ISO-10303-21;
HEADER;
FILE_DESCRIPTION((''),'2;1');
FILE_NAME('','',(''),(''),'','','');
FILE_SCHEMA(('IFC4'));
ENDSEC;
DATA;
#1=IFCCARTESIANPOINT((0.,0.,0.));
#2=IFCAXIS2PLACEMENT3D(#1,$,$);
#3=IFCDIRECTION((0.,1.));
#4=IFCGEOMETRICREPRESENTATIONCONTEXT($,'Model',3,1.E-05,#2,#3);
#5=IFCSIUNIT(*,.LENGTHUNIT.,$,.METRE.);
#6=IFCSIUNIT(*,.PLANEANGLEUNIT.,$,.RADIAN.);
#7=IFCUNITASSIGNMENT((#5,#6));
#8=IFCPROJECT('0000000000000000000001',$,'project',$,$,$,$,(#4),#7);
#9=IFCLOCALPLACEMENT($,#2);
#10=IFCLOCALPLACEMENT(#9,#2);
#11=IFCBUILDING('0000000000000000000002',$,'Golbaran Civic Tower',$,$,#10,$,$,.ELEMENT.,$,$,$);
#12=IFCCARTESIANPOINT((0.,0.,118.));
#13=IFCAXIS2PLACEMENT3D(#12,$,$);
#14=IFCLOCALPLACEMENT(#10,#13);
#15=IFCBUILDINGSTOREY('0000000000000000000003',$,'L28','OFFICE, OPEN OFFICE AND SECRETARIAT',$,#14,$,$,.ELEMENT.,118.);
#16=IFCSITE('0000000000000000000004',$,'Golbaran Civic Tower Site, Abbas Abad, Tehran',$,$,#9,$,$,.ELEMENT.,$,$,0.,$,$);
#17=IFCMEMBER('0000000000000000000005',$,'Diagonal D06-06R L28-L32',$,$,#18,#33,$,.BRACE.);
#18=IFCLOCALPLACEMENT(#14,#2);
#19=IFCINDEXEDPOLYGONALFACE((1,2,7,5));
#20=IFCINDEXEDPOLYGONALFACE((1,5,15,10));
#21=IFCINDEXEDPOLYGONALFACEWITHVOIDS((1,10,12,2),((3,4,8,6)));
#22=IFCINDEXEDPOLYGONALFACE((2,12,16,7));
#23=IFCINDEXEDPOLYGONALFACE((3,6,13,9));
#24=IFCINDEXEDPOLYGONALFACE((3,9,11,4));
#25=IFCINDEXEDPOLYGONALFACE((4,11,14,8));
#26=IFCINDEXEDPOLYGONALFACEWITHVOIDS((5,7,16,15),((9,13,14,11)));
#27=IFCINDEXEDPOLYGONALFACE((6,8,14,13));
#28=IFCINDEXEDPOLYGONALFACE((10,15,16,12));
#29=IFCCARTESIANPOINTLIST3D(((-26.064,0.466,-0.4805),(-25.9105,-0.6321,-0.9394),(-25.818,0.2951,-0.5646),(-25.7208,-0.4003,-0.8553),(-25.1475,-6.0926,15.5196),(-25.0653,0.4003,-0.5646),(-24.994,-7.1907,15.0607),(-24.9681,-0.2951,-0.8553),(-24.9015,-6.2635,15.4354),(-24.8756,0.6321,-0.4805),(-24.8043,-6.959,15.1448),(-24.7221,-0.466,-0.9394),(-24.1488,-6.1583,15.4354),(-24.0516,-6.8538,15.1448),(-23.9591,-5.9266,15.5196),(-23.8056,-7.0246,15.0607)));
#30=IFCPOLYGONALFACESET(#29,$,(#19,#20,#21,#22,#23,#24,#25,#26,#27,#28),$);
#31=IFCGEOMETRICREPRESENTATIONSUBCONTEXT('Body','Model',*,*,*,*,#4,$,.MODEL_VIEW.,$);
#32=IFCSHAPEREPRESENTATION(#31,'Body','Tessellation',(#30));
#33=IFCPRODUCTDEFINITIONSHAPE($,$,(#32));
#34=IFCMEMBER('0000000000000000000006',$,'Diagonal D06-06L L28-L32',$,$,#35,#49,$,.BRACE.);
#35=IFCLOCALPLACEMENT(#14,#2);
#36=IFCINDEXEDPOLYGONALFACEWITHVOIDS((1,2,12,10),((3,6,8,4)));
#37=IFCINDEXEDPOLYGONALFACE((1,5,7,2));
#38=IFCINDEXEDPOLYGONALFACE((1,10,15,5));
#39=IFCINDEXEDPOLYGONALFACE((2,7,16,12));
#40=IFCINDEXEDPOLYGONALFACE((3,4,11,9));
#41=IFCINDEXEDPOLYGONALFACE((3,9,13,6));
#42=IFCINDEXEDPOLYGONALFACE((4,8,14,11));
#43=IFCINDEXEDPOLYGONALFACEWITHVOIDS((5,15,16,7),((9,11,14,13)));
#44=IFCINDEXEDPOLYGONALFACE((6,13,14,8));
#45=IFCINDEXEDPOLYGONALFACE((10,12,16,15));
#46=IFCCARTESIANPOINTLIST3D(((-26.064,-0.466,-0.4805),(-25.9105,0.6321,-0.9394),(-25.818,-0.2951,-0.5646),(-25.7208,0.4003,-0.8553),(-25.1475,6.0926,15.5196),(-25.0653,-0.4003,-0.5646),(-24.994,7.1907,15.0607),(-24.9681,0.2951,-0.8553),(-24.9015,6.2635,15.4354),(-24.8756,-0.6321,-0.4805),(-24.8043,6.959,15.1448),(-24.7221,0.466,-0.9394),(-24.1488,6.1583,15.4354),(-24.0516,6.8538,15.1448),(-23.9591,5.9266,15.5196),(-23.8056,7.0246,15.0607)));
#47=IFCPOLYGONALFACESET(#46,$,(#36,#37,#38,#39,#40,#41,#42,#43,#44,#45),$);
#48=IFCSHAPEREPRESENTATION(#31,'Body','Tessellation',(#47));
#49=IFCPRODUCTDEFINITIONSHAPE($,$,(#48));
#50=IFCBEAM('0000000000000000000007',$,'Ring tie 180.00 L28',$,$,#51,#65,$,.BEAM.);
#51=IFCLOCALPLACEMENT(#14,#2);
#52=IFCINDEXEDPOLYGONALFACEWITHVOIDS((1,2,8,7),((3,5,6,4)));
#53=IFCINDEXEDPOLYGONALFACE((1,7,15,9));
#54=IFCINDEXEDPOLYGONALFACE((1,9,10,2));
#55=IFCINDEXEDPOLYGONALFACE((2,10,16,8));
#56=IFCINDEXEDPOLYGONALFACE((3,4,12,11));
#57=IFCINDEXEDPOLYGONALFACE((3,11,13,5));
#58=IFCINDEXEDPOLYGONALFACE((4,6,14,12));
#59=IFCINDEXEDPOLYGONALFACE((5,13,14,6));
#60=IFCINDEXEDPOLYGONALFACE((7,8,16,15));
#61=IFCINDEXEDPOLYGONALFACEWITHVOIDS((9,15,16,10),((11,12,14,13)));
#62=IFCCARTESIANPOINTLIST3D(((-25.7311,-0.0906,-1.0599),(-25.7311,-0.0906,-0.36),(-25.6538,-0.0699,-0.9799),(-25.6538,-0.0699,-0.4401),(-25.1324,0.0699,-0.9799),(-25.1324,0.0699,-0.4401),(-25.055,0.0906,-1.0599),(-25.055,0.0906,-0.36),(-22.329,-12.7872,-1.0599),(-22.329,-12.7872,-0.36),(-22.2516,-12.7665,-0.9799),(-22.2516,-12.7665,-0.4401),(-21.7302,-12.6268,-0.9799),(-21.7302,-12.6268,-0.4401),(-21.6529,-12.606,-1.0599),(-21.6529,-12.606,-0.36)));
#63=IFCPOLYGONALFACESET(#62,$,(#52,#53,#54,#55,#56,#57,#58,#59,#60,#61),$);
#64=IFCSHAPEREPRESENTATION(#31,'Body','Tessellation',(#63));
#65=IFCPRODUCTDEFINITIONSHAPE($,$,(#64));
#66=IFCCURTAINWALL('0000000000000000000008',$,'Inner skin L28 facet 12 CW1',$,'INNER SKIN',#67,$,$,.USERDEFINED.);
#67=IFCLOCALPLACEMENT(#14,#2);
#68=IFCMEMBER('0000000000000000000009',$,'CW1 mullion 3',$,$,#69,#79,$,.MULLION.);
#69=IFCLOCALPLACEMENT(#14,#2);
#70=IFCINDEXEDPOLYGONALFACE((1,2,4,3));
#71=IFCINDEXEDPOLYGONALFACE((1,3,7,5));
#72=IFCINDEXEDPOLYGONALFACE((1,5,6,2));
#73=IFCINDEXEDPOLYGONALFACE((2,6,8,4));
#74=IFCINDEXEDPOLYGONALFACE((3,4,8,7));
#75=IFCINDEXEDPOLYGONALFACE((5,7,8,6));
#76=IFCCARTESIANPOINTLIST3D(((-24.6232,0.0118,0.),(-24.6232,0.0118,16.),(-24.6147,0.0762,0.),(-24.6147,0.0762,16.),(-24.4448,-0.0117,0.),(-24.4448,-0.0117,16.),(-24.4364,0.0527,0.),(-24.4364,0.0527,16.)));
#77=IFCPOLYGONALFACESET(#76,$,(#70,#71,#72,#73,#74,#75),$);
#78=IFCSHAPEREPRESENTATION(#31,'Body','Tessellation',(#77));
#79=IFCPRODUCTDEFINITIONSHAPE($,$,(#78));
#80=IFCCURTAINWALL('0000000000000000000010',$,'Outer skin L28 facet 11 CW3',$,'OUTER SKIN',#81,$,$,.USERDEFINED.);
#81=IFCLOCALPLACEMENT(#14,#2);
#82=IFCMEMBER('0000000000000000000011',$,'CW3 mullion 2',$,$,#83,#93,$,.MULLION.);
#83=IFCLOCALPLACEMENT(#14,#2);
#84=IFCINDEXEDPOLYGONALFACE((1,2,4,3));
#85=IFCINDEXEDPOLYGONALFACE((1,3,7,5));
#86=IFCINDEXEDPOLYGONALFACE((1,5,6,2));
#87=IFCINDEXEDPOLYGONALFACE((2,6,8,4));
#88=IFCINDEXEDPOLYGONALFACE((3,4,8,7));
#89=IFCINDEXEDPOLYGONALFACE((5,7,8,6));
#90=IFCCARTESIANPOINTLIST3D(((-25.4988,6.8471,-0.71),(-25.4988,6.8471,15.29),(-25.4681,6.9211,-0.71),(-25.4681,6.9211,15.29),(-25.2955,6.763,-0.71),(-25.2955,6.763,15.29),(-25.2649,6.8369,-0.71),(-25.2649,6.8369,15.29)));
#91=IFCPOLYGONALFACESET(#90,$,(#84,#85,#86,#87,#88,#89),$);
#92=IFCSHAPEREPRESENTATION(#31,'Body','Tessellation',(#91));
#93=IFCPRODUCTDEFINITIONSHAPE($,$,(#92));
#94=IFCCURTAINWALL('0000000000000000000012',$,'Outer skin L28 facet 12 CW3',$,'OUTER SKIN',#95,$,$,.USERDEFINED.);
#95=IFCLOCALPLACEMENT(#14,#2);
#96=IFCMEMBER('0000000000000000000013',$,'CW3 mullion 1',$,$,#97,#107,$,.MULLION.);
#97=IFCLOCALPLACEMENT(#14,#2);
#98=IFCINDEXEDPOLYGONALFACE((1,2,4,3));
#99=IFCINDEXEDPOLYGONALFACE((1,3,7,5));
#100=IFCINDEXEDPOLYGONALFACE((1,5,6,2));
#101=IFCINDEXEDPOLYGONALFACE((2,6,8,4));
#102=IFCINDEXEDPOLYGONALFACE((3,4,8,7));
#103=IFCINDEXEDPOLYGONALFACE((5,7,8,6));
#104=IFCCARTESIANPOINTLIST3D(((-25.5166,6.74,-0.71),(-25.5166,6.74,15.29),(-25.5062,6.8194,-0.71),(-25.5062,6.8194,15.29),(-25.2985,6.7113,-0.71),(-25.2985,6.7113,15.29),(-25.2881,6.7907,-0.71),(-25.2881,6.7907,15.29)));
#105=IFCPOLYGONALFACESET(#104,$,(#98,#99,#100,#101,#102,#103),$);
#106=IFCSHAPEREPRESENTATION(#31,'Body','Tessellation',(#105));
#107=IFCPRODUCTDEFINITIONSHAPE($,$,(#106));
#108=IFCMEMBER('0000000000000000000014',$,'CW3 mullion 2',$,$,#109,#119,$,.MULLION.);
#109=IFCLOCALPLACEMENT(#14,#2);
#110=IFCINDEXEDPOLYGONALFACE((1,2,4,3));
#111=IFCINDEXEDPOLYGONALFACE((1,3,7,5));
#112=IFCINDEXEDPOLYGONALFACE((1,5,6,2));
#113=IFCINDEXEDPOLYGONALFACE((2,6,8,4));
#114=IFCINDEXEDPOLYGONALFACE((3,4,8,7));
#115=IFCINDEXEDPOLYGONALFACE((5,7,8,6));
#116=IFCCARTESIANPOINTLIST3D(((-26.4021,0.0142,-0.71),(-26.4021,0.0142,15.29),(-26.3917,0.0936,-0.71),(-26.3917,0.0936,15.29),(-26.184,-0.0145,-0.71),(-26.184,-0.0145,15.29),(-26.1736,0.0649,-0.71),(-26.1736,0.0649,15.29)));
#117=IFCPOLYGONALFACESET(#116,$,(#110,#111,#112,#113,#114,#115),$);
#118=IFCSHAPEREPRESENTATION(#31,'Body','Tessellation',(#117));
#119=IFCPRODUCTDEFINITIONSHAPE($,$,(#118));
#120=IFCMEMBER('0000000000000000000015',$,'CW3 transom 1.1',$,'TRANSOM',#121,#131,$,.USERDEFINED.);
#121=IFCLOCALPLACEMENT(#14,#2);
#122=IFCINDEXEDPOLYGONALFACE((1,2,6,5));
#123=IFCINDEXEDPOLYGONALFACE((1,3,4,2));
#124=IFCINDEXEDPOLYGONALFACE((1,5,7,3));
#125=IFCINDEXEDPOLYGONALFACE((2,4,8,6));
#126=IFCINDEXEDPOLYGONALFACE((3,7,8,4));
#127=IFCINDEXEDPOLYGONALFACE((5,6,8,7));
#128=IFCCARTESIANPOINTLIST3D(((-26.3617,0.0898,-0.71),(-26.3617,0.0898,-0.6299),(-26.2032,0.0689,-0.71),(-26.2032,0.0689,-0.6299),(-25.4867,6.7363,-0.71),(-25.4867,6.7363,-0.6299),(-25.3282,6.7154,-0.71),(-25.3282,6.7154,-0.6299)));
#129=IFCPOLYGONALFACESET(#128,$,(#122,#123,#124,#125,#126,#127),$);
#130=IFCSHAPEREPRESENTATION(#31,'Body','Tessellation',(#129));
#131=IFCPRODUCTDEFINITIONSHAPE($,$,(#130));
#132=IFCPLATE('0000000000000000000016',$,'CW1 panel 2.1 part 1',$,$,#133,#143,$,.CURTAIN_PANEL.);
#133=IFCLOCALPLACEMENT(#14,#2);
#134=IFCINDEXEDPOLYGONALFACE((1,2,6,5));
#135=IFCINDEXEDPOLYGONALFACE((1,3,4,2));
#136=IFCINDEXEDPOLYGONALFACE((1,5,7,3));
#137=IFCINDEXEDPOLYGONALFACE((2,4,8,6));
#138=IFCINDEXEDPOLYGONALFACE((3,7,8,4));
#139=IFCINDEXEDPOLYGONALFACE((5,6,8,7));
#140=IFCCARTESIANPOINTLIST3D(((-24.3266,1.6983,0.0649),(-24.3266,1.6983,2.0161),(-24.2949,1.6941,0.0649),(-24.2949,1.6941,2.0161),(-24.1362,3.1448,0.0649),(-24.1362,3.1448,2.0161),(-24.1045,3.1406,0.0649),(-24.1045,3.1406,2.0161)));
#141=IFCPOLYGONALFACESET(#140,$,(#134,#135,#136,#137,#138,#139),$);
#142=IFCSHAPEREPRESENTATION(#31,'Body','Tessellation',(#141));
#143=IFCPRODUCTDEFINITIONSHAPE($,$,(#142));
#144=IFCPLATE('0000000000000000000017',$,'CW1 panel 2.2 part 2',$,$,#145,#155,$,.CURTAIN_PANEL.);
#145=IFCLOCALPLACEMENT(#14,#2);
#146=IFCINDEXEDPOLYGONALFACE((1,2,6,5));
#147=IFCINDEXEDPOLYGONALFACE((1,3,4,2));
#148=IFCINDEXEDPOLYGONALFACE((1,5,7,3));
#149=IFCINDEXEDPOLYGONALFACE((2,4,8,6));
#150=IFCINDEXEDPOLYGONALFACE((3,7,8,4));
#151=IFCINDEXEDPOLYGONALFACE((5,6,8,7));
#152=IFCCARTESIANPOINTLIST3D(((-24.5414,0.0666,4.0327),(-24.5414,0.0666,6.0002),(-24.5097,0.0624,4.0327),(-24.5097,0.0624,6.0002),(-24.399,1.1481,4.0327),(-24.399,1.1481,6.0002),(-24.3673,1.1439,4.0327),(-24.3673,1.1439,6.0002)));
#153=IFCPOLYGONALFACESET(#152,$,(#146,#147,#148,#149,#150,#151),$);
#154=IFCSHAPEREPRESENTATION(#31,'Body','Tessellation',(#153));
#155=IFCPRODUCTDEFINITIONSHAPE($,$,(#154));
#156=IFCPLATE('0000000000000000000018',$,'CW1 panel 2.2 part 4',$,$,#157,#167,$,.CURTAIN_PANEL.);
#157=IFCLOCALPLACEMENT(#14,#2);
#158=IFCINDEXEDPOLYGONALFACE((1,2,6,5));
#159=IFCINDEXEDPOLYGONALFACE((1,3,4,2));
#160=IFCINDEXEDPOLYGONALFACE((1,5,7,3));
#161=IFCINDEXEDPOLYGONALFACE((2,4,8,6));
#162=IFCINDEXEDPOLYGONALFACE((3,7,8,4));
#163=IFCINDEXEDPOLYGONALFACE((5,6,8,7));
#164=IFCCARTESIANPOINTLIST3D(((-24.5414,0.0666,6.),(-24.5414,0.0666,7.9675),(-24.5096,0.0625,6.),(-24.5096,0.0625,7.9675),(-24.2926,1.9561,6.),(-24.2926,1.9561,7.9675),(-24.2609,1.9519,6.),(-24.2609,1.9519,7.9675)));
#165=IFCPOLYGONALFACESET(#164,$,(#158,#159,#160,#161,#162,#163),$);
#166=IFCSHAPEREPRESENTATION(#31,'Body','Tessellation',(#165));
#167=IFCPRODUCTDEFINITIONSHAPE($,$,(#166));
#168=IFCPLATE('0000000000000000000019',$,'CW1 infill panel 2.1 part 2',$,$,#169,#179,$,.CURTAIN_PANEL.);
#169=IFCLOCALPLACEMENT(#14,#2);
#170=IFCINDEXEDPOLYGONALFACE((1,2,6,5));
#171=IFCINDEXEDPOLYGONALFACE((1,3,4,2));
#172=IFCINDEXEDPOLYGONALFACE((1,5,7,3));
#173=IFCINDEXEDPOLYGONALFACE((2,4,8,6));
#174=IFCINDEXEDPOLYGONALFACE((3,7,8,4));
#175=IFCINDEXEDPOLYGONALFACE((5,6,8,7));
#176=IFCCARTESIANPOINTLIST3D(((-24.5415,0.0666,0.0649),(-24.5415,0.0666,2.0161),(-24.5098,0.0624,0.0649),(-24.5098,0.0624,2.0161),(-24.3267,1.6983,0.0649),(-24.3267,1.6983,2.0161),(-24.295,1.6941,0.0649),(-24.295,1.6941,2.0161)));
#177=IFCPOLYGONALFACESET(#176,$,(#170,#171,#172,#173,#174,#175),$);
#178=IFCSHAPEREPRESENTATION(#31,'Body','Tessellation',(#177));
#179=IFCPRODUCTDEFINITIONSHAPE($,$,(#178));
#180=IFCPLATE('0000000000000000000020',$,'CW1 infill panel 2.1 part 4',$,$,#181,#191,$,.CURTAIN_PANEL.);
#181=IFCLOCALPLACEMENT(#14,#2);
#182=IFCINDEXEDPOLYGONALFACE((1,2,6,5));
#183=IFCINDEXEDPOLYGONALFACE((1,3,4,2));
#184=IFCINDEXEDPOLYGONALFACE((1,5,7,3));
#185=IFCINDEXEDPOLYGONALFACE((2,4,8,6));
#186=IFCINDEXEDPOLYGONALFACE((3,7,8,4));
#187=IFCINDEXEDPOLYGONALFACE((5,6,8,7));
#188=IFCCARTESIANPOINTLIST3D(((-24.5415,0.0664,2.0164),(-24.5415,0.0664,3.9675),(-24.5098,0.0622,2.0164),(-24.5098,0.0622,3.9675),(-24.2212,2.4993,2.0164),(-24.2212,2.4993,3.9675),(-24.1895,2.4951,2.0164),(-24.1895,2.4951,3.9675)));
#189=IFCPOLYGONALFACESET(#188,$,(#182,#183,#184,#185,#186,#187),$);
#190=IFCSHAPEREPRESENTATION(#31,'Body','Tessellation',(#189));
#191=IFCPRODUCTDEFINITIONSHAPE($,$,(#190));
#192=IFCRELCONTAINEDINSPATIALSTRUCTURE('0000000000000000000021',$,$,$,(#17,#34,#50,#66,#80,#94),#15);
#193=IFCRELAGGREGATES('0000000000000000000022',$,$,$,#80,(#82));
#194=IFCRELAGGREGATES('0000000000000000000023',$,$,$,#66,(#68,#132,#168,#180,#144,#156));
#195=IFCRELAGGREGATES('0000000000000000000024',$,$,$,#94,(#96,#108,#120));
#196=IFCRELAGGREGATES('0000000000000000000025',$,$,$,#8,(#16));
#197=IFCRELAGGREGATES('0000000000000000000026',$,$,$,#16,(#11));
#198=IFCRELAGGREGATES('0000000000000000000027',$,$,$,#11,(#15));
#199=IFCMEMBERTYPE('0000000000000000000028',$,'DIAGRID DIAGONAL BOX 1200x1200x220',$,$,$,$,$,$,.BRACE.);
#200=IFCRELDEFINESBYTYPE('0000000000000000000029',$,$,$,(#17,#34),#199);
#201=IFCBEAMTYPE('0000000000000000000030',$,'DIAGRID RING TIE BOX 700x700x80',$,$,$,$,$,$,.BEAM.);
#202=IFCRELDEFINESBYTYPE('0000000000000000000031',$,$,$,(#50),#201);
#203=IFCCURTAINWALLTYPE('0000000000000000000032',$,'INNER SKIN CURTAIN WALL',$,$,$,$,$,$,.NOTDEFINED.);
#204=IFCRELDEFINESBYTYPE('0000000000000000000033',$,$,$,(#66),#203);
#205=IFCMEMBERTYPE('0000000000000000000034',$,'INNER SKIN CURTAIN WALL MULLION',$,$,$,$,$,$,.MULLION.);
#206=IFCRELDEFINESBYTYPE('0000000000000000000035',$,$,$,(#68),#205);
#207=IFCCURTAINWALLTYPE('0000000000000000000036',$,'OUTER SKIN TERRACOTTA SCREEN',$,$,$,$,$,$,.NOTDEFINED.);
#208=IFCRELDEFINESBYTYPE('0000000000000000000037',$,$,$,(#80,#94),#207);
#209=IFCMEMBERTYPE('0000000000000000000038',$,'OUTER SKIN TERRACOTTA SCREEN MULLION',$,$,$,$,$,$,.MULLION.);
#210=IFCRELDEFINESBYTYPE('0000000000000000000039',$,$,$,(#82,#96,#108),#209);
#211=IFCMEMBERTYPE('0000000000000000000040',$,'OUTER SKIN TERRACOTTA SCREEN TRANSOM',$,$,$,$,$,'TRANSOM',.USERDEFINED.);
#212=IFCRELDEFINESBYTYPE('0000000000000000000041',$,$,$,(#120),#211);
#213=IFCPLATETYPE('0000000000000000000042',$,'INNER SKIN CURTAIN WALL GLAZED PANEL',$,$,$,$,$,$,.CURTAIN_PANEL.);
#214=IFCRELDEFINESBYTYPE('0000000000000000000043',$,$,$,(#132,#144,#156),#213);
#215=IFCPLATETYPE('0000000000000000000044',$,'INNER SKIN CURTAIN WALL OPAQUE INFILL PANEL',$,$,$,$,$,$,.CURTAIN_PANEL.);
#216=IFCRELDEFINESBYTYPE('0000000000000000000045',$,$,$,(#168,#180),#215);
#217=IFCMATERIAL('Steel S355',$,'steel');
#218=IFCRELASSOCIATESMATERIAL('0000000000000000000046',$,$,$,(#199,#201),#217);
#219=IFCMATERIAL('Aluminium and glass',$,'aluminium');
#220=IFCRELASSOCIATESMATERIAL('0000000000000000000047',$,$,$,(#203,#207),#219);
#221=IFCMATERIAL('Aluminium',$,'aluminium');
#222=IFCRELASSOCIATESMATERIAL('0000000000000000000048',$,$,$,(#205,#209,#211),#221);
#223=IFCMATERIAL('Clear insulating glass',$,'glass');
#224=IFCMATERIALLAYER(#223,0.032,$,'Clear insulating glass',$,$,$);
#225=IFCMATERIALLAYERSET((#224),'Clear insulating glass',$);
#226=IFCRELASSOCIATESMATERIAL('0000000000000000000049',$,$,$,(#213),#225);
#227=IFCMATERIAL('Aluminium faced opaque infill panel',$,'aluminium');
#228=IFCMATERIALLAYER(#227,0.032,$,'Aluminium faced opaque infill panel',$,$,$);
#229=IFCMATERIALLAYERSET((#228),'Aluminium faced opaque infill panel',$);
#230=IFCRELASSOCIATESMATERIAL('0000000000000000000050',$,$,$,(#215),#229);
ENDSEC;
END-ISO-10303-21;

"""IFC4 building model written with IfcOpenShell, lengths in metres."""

from ifc_helpers import new_model, si_unit, direction, frame, origin, origin_2d, place, context, subcontext, project, spatial, rectangle, hollow_rectangle, extrude, material, layer, layer_set, material_profile, profile_set, type_object, element, aggregate, save


model = new_model("IFC4")

# Units and contexts
model_context = context("Model", 3, precision=1e-05, world=origin(), true_north=direction((0.0, 1.0)))
body_context = subcontext(model_context, "Body", "Model", "MODEL_VIEW")
ifc_project = project(units=[si_unit("LENGTHUNIT", "METRE"), si_unit("PLANEANGLEUNIT", "RADIAN")], contexts=[model_context])

# Site, building, storey
site_placement = place(None, origin())
site = spatial("IfcSite", under=ifc_project, at=site_placement, Name="Golbaran Civic Tower Site, Abbas Abad, Tehran", CompositionType="ELEMENT", RefElevation=0.0)
building_placement = place(site_placement, origin())
building = spatial("IfcBuilding", under=site, at=building_placement, Name="Golbaran Civic Tower", CompositionType="ELEMENT")
storey_placement = place(building_placement, frame((0.0, 0.0, 118.0)))
storey = spatial("IfcBuildingStorey", under=building, at=storey_placement, Name="L28", Description="OFFICE, OPEN OFFICE AND SECRETARIAT", CompositionType="ELEMENT", Elevation=118.0)

# Members
ifc_material_1 = material(Name="Steel S355", Category="steel")
ifc_material_profile_1 = material_profile(ifc_material_1, hollow_rectangle(XDim=1.2, YDim=1.2, WallThickness=0.22, at=origin_2d()), Name="BOX 1200x1200x220")
ifc_profile_set_1 = profile_set([ifc_material_profile_1], Name="Steel S355")
member_type_1 = type_object("IfcMemberType", Name="DIAGRID DIAGONAL BOX 1200x1200x220", PredefinedType="BRACE", material=ifc_profile_set_1)
for number, where, z_axis, x_axis, name in (
    (1, (-25.3931, 0.0, -0.71), (0.052927, -0.378752, 0.923984), (0.990377, 0.138396, 0.0), "Diagonal D06-06R L28-L32"),
    (2, (-25.3931, 0.0, -0.71), (0.052927, 0.378752, 0.923984), (-0.990377, 0.138396, 0.0), "Diagonal D06-06L L28-L32"),
):
    element("IfcMember", number, at=place(storey_placement, frame(where, z_axis=z_axis, x_axis=x_axis)), inside=storey, type_object=member_type_1, Name=name, PredefinedType="BRACE", context=body_context, shape_type="SweptSolid", body=[
        extrude(hollow_rectangle(XDim=1.2, YDim=1.2, WallThickness=0.22, at=origin_2d()), origin(), (0.0, 0.0, 1.0), 17.3164),
    ])

# Beam
ifc_material_profile_2 = material_profile(ifc_material_1, hollow_rectangle(XDim=0.7, YDim=0.7, WallThickness=0.0801, at=origin_2d()), Name="BOX 700x700x80")
ifc_profile_set_2 = profile_set([ifc_material_profile_2], Name="Steel S355")
beam_type = type_object("IfcBeamType", Name="DIAGRID RING TIE BOX 700x700x80", PredefinedType="BEAM", material=ifc_profile_set_2)
beam_placement = place(storey_placement, frame((-25.3931, 0.0, -0.71), z_axis=(0.258824, -0.965924, 0.0), x_axis=(0.965924, 0.258824, 0.0)))
element("IfcBeam", 3, at=beam_placement, inside=storey, type_object=beam_type, Name="Ring tie 180.00 L28", PredefinedType="BEAM", context=body_context, shape_type="SweptSolid", body=[
    extrude(hollow_rectangle(XDim=0.7, YDim=0.7, WallThickness=0.0801, at=origin_2d()), origin(), (0.0, 0.0, 1.0), 13.1445),
])

# Curtain walls, members
ifc_material_2 = material(Name="Aluminium and glass", Category="aluminium")
curtain_wall_type_1 = type_object("IfcCurtainWallType", Name="INNER SKIN CURTAIN WALL", PredefinedType="NOTDEFINED", material=ifc_material_2)
curtain_wall_1_placement = place(storey_placement, origin())
curtain_wall_1 = element("IfcCurtainWall", 4, at=curtain_wall_1_placement, inside=storey, type_object=curtain_wall_type_1, Name="Inner skin L28 facet 12 CW1", ObjectType="INNER SKIN", PredefinedType="USERDEFINED")
ifc_material_3 = material(Name="Aluminium", Category="aluminium")
ifc_material_profile_3 = material_profile(ifc_material_3, rectangle(XDim=0.1799, YDim=0.0649, at=origin_2d()), Name="INNER SKIN CURTAIN WALL MULLION")
ifc_profile_set_3 = profile_set([ifc_material_profile_3], Name="Aluminium")
member_type_2 = type_object("IfcMemberType", Name="INNER SKIN CURTAIN WALL MULLION", PredefinedType="MULLION", material=ifc_profile_set_3)
member_1_placement = place(storey_placement, frame((-24.5298, 0.0322, 0.0), z_axis=(0.0, 0.0, 1.0), x_axis=(0.991445, -0.130526, 0.0)))
member_1 = element("IfcMember", 5, at=member_1_placement, type_object=member_type_2, Name="CW1 mullion 3", PredefinedType="MULLION", context=body_context, shape_type="SweptSolid", body=[
    extrude(rectangle(XDim=0.1799, YDim=0.0649, at=origin_2d()), origin(), (0.0, 0.0, 1.0), 16.0),
])
curtain_wall_type_2 = type_object("IfcCurtainWallType", Name="OUTER SKIN TERRACOTTA SCREEN", PredefinedType="NOTDEFINED", material=ifc_material_2)
curtain_wall_2_placement = place(storey_placement, origin())
curtain_wall_2 = element("IfcCurtainWall", 6, at=curtain_wall_2_placement, inside=storey, type_object=curtain_wall_type_2, Name="Outer skin L28 facet 11 CW3", ObjectType="OUTER SKIN", PredefinedType="USERDEFINED")
ifc_material_profile_4 = material_profile(ifc_material_3, rectangle(XDim=0.22, YDim=0.0801, at=origin_2d()), Name="OUTER SKIN TERRACOTTA SCREEN MULLION")
ifc_profile_set_4 = profile_set([ifc_material_profile_4], Name="Aluminium")
member_type_3 = type_object("IfcMemberType", Name="OUTER SKIN TERRACOTTA SCREEN MULLION", PredefinedType="MULLION", material=ifc_profile_set_4)
member_2_placement = place(storey_placement, frame((-25.3818, 6.842, -0.71), z_axis=(0.0, 0.0, 1.0), x_axis=(0.92388, -0.382683, 0.0)))
member_2 = element("IfcMember", 7, at=member_2_placement, type_object=member_type_3, Name="CW3 mullion 2", PredefinedType="MULLION", context=body_context, shape_type="SweptSolid", body=[
    extrude(rectangle(XDim=0.22, YDim=0.0801, at=origin_2d()), origin(), (0.0, 0.0, 1.0), 16.0),
])
aggregate(curtain_wall_2, [member_2])

# Curtain wall, members
curtain_wall_3_placement = place(storey_placement, origin())
curtain_wall_3 = element("IfcCurtainWall", 8, at=curtain_wall_3_placement, inside=storey, type_object=curtain_wall_type_2, Name="Outer skin L28 facet 12 CW3", ObjectType="OUTER SKIN", PredefinedType="USERDEFINED")
member_3_placement = place(storey_placement, frame((-25.4023, 6.7654, -0.71), z_axis=(0.0, 0.0, 1.0), x_axis=(0.991445, -0.130526, 0.0)))
member_3 = element("IfcMember", 9, at=member_3_placement, type_object=member_type_3, Name="CW3 mullion 1", PredefinedType="MULLION", context=body_context, shape_type="SweptSolid", body=[
    extrude(rectangle(XDim=0.22, YDim=0.0801, at=origin_2d()), origin(), (0.0, 0.0, 1.0), 16.0),
])
member_4_placement = place(storey_placement, frame((-26.2878, 0.0396, -0.71), z_axis=(0.0, 0.0, 1.0), x_axis=(0.991445, -0.130526, 0.0)))
member_4 = element("IfcMember", 10, at=member_4_placement, type_object=member_type_3, Name="CW3 mullion 2", PredefinedType="MULLION", context=body_context, shape_type="SweptSolid", body=[
    extrude(rectangle(XDim=0.22, YDim=0.0801, at=origin_2d()), origin(), (0.0, 0.0, 1.0), 16.0),
])
ifc_material_profile_5 = material_profile(ifc_material_3, rectangle(XDim=0.1599, YDim=0.0801, at=origin_2d()), Name="OUTER SKIN TERRACOTTA SCREEN TRANSOM")
ifc_profile_set_5 = profile_set([ifc_material_profile_5], Name="Aluminium")
member_type_4 = type_object("IfcMemberType", Name="OUTER SKIN TERRACOTTA SCREEN TRANSOM", ElementType="TRANSOM", PredefinedType="USERDEFINED", material=ifc_profile_set_5)
member_5_placement = place(storey_placement, frame((-25.4075, 6.7258, -0.6699), z_axis=(-0.130522, -0.991445, 0.0), x_axis=(0.991445, -0.130522, 0.0)))
member_5 = element("IfcMember", 11, at=member_5_placement, type_object=member_type_4, Name="CW3 transom 1.1", ObjectType="TRANSOM", PredefinedType="USERDEFINED", context=body_context, shape_type="SweptSolid", body=[
    extrude(rectangle(XDim=0.1599, YDim=0.0801, at=origin_2d()), origin(), (0.0, 0.0, 1.0), 6.7039),
])

# Plates
ifc_material_4 = material(Name="Clear insulating glass", Category="glass")
ifc_layer_1 = layer(ifc_material_4, 0.032, Name="Clear insulating glass")
ifc_layer_set_1 = layer_set([ifc_layer_1], Name="Clear insulating glass")
plate_type_1 = type_object("IfcPlateType", Name="INNER SKIN CURTAIN WALL GLAZED PANEL", PredefinedType="CURTAIN_PANEL", material=ifc_layer_set_1)
plate_1_placement = place(storey_placement, frame((-24.2156, 2.4194, 0.0649), z_axis=(0.0, 0.0, 1.0), x_axis=(-0.130526, -0.991445, 0.0)))
plate_1 = element("IfcPlate", 12, at=plate_1_placement, type_object=plate_type_1, Name="CW1 panel 2.1 part 1", PredefinedType="CURTAIN_PANEL", context=body_context, shape_type="SweptSolid", body=[
    extrude(rectangle(XDim=1.459, YDim=0.032, at=origin_2d()), origin(), (0.0, 0.0, 1.0), 1.9512),
])
plate_2_placement = place(storey_placement, frame((-24.4543, 0.6052, 4.0327), z_axis=(0.0, 0.0, 1.0), x_axis=(-0.130526, -0.991445, 0.0)))
plate_2 = element("IfcPlate", 13, at=plate_2_placement, type_object=plate_type_1, Name="CW1 panel 2.2 part 2", PredefinedType="CURTAIN_PANEL", context=body_context, shape_type="SweptSolid", body=[
    extrude(rectangle(XDim=1.0908, YDim=0.032, at=origin_2d()), origin(), (0.0, 0.0, 1.0), 1.9675),
])
plate_3_placement = place(storey_placement, frame((-24.4011, 1.0093, 6.0), z_axis=(0.0, 0.0, 1.0), x_axis=(-0.130526, -0.991445, 0.0)))
plate_3 = element("IfcPlate", 14, at=plate_3_placement, type_object=plate_type_1, Name="CW1 panel 2.2 part 4", PredefinedType="CURTAIN_PANEL", context=body_context, shape_type="SweptSolid", body=[
    extrude(rectangle(XDim=1.9058, YDim=0.032, at=origin_2d()), origin(), (0.0, 0.0, 1.0), 1.9675),
])
ifc_material_5 = material(Name="Aluminium faced opaque infill panel", Category="aluminium")
ifc_layer_2 = layer(ifc_material_5, 0.032, Name="Aluminium faced opaque infill panel")
ifc_layer_set_2 = layer_set([ifc_layer_2], Name="Aluminium faced opaque infill panel")
plate_type_2 = type_object("IfcPlateType", Name="INNER SKIN CURTAIN WALL OPAQUE INFILL PANEL", PredefinedType="CURTAIN_PANEL", material=ifc_layer_set_2)
plate_4_placement = place(storey_placement, frame((-24.4182, 0.8804, 0.0649), z_axis=(0.0, 0.0, 1.0), x_axis=(-0.130526, -0.991445, 0.0)))
plate_4 = element("IfcPlate", 15, at=plate_4_placement, type_object=plate_type_2, Name="CW1 infill panel 2.1 part 2", PredefinedType="CURTAIN_PANEL", context=body_context, shape_type="SweptSolid", body=[
    extrude(rectangle(XDim=1.6458, YDim=0.032, at=origin_2d()), origin(), (0.0, 0.0, 1.0), 1.9512),
])
plate_5_placement = place(storey_placement, frame((-24.3655, 1.2808, 2.0164), z_axis=(0.0, 0.0, 1.0), x_axis=(-0.130526, -0.991445, 0.0)))
plate_5 = element("IfcPlate", 16, at=plate_5_placement, type_object=plate_type_2, Name="CW1 infill panel 2.1 part 4", PredefinedType="CURTAIN_PANEL", context=body_context, shape_type="SweptSolid", body=[
    extrude(rectangle(XDim=2.4539, YDim=0.032, at=origin_2d()), origin(), (0.0, 0.0, 1.0), 1.9512),
])
aggregate(curtain_wall_1, [member_1, plate_1, plate_4, plate_5, plate_2, plate_3])
aggregate(curtain_wall_3, [member_3, member_4, member_5])

save(model, "model.ifc")
